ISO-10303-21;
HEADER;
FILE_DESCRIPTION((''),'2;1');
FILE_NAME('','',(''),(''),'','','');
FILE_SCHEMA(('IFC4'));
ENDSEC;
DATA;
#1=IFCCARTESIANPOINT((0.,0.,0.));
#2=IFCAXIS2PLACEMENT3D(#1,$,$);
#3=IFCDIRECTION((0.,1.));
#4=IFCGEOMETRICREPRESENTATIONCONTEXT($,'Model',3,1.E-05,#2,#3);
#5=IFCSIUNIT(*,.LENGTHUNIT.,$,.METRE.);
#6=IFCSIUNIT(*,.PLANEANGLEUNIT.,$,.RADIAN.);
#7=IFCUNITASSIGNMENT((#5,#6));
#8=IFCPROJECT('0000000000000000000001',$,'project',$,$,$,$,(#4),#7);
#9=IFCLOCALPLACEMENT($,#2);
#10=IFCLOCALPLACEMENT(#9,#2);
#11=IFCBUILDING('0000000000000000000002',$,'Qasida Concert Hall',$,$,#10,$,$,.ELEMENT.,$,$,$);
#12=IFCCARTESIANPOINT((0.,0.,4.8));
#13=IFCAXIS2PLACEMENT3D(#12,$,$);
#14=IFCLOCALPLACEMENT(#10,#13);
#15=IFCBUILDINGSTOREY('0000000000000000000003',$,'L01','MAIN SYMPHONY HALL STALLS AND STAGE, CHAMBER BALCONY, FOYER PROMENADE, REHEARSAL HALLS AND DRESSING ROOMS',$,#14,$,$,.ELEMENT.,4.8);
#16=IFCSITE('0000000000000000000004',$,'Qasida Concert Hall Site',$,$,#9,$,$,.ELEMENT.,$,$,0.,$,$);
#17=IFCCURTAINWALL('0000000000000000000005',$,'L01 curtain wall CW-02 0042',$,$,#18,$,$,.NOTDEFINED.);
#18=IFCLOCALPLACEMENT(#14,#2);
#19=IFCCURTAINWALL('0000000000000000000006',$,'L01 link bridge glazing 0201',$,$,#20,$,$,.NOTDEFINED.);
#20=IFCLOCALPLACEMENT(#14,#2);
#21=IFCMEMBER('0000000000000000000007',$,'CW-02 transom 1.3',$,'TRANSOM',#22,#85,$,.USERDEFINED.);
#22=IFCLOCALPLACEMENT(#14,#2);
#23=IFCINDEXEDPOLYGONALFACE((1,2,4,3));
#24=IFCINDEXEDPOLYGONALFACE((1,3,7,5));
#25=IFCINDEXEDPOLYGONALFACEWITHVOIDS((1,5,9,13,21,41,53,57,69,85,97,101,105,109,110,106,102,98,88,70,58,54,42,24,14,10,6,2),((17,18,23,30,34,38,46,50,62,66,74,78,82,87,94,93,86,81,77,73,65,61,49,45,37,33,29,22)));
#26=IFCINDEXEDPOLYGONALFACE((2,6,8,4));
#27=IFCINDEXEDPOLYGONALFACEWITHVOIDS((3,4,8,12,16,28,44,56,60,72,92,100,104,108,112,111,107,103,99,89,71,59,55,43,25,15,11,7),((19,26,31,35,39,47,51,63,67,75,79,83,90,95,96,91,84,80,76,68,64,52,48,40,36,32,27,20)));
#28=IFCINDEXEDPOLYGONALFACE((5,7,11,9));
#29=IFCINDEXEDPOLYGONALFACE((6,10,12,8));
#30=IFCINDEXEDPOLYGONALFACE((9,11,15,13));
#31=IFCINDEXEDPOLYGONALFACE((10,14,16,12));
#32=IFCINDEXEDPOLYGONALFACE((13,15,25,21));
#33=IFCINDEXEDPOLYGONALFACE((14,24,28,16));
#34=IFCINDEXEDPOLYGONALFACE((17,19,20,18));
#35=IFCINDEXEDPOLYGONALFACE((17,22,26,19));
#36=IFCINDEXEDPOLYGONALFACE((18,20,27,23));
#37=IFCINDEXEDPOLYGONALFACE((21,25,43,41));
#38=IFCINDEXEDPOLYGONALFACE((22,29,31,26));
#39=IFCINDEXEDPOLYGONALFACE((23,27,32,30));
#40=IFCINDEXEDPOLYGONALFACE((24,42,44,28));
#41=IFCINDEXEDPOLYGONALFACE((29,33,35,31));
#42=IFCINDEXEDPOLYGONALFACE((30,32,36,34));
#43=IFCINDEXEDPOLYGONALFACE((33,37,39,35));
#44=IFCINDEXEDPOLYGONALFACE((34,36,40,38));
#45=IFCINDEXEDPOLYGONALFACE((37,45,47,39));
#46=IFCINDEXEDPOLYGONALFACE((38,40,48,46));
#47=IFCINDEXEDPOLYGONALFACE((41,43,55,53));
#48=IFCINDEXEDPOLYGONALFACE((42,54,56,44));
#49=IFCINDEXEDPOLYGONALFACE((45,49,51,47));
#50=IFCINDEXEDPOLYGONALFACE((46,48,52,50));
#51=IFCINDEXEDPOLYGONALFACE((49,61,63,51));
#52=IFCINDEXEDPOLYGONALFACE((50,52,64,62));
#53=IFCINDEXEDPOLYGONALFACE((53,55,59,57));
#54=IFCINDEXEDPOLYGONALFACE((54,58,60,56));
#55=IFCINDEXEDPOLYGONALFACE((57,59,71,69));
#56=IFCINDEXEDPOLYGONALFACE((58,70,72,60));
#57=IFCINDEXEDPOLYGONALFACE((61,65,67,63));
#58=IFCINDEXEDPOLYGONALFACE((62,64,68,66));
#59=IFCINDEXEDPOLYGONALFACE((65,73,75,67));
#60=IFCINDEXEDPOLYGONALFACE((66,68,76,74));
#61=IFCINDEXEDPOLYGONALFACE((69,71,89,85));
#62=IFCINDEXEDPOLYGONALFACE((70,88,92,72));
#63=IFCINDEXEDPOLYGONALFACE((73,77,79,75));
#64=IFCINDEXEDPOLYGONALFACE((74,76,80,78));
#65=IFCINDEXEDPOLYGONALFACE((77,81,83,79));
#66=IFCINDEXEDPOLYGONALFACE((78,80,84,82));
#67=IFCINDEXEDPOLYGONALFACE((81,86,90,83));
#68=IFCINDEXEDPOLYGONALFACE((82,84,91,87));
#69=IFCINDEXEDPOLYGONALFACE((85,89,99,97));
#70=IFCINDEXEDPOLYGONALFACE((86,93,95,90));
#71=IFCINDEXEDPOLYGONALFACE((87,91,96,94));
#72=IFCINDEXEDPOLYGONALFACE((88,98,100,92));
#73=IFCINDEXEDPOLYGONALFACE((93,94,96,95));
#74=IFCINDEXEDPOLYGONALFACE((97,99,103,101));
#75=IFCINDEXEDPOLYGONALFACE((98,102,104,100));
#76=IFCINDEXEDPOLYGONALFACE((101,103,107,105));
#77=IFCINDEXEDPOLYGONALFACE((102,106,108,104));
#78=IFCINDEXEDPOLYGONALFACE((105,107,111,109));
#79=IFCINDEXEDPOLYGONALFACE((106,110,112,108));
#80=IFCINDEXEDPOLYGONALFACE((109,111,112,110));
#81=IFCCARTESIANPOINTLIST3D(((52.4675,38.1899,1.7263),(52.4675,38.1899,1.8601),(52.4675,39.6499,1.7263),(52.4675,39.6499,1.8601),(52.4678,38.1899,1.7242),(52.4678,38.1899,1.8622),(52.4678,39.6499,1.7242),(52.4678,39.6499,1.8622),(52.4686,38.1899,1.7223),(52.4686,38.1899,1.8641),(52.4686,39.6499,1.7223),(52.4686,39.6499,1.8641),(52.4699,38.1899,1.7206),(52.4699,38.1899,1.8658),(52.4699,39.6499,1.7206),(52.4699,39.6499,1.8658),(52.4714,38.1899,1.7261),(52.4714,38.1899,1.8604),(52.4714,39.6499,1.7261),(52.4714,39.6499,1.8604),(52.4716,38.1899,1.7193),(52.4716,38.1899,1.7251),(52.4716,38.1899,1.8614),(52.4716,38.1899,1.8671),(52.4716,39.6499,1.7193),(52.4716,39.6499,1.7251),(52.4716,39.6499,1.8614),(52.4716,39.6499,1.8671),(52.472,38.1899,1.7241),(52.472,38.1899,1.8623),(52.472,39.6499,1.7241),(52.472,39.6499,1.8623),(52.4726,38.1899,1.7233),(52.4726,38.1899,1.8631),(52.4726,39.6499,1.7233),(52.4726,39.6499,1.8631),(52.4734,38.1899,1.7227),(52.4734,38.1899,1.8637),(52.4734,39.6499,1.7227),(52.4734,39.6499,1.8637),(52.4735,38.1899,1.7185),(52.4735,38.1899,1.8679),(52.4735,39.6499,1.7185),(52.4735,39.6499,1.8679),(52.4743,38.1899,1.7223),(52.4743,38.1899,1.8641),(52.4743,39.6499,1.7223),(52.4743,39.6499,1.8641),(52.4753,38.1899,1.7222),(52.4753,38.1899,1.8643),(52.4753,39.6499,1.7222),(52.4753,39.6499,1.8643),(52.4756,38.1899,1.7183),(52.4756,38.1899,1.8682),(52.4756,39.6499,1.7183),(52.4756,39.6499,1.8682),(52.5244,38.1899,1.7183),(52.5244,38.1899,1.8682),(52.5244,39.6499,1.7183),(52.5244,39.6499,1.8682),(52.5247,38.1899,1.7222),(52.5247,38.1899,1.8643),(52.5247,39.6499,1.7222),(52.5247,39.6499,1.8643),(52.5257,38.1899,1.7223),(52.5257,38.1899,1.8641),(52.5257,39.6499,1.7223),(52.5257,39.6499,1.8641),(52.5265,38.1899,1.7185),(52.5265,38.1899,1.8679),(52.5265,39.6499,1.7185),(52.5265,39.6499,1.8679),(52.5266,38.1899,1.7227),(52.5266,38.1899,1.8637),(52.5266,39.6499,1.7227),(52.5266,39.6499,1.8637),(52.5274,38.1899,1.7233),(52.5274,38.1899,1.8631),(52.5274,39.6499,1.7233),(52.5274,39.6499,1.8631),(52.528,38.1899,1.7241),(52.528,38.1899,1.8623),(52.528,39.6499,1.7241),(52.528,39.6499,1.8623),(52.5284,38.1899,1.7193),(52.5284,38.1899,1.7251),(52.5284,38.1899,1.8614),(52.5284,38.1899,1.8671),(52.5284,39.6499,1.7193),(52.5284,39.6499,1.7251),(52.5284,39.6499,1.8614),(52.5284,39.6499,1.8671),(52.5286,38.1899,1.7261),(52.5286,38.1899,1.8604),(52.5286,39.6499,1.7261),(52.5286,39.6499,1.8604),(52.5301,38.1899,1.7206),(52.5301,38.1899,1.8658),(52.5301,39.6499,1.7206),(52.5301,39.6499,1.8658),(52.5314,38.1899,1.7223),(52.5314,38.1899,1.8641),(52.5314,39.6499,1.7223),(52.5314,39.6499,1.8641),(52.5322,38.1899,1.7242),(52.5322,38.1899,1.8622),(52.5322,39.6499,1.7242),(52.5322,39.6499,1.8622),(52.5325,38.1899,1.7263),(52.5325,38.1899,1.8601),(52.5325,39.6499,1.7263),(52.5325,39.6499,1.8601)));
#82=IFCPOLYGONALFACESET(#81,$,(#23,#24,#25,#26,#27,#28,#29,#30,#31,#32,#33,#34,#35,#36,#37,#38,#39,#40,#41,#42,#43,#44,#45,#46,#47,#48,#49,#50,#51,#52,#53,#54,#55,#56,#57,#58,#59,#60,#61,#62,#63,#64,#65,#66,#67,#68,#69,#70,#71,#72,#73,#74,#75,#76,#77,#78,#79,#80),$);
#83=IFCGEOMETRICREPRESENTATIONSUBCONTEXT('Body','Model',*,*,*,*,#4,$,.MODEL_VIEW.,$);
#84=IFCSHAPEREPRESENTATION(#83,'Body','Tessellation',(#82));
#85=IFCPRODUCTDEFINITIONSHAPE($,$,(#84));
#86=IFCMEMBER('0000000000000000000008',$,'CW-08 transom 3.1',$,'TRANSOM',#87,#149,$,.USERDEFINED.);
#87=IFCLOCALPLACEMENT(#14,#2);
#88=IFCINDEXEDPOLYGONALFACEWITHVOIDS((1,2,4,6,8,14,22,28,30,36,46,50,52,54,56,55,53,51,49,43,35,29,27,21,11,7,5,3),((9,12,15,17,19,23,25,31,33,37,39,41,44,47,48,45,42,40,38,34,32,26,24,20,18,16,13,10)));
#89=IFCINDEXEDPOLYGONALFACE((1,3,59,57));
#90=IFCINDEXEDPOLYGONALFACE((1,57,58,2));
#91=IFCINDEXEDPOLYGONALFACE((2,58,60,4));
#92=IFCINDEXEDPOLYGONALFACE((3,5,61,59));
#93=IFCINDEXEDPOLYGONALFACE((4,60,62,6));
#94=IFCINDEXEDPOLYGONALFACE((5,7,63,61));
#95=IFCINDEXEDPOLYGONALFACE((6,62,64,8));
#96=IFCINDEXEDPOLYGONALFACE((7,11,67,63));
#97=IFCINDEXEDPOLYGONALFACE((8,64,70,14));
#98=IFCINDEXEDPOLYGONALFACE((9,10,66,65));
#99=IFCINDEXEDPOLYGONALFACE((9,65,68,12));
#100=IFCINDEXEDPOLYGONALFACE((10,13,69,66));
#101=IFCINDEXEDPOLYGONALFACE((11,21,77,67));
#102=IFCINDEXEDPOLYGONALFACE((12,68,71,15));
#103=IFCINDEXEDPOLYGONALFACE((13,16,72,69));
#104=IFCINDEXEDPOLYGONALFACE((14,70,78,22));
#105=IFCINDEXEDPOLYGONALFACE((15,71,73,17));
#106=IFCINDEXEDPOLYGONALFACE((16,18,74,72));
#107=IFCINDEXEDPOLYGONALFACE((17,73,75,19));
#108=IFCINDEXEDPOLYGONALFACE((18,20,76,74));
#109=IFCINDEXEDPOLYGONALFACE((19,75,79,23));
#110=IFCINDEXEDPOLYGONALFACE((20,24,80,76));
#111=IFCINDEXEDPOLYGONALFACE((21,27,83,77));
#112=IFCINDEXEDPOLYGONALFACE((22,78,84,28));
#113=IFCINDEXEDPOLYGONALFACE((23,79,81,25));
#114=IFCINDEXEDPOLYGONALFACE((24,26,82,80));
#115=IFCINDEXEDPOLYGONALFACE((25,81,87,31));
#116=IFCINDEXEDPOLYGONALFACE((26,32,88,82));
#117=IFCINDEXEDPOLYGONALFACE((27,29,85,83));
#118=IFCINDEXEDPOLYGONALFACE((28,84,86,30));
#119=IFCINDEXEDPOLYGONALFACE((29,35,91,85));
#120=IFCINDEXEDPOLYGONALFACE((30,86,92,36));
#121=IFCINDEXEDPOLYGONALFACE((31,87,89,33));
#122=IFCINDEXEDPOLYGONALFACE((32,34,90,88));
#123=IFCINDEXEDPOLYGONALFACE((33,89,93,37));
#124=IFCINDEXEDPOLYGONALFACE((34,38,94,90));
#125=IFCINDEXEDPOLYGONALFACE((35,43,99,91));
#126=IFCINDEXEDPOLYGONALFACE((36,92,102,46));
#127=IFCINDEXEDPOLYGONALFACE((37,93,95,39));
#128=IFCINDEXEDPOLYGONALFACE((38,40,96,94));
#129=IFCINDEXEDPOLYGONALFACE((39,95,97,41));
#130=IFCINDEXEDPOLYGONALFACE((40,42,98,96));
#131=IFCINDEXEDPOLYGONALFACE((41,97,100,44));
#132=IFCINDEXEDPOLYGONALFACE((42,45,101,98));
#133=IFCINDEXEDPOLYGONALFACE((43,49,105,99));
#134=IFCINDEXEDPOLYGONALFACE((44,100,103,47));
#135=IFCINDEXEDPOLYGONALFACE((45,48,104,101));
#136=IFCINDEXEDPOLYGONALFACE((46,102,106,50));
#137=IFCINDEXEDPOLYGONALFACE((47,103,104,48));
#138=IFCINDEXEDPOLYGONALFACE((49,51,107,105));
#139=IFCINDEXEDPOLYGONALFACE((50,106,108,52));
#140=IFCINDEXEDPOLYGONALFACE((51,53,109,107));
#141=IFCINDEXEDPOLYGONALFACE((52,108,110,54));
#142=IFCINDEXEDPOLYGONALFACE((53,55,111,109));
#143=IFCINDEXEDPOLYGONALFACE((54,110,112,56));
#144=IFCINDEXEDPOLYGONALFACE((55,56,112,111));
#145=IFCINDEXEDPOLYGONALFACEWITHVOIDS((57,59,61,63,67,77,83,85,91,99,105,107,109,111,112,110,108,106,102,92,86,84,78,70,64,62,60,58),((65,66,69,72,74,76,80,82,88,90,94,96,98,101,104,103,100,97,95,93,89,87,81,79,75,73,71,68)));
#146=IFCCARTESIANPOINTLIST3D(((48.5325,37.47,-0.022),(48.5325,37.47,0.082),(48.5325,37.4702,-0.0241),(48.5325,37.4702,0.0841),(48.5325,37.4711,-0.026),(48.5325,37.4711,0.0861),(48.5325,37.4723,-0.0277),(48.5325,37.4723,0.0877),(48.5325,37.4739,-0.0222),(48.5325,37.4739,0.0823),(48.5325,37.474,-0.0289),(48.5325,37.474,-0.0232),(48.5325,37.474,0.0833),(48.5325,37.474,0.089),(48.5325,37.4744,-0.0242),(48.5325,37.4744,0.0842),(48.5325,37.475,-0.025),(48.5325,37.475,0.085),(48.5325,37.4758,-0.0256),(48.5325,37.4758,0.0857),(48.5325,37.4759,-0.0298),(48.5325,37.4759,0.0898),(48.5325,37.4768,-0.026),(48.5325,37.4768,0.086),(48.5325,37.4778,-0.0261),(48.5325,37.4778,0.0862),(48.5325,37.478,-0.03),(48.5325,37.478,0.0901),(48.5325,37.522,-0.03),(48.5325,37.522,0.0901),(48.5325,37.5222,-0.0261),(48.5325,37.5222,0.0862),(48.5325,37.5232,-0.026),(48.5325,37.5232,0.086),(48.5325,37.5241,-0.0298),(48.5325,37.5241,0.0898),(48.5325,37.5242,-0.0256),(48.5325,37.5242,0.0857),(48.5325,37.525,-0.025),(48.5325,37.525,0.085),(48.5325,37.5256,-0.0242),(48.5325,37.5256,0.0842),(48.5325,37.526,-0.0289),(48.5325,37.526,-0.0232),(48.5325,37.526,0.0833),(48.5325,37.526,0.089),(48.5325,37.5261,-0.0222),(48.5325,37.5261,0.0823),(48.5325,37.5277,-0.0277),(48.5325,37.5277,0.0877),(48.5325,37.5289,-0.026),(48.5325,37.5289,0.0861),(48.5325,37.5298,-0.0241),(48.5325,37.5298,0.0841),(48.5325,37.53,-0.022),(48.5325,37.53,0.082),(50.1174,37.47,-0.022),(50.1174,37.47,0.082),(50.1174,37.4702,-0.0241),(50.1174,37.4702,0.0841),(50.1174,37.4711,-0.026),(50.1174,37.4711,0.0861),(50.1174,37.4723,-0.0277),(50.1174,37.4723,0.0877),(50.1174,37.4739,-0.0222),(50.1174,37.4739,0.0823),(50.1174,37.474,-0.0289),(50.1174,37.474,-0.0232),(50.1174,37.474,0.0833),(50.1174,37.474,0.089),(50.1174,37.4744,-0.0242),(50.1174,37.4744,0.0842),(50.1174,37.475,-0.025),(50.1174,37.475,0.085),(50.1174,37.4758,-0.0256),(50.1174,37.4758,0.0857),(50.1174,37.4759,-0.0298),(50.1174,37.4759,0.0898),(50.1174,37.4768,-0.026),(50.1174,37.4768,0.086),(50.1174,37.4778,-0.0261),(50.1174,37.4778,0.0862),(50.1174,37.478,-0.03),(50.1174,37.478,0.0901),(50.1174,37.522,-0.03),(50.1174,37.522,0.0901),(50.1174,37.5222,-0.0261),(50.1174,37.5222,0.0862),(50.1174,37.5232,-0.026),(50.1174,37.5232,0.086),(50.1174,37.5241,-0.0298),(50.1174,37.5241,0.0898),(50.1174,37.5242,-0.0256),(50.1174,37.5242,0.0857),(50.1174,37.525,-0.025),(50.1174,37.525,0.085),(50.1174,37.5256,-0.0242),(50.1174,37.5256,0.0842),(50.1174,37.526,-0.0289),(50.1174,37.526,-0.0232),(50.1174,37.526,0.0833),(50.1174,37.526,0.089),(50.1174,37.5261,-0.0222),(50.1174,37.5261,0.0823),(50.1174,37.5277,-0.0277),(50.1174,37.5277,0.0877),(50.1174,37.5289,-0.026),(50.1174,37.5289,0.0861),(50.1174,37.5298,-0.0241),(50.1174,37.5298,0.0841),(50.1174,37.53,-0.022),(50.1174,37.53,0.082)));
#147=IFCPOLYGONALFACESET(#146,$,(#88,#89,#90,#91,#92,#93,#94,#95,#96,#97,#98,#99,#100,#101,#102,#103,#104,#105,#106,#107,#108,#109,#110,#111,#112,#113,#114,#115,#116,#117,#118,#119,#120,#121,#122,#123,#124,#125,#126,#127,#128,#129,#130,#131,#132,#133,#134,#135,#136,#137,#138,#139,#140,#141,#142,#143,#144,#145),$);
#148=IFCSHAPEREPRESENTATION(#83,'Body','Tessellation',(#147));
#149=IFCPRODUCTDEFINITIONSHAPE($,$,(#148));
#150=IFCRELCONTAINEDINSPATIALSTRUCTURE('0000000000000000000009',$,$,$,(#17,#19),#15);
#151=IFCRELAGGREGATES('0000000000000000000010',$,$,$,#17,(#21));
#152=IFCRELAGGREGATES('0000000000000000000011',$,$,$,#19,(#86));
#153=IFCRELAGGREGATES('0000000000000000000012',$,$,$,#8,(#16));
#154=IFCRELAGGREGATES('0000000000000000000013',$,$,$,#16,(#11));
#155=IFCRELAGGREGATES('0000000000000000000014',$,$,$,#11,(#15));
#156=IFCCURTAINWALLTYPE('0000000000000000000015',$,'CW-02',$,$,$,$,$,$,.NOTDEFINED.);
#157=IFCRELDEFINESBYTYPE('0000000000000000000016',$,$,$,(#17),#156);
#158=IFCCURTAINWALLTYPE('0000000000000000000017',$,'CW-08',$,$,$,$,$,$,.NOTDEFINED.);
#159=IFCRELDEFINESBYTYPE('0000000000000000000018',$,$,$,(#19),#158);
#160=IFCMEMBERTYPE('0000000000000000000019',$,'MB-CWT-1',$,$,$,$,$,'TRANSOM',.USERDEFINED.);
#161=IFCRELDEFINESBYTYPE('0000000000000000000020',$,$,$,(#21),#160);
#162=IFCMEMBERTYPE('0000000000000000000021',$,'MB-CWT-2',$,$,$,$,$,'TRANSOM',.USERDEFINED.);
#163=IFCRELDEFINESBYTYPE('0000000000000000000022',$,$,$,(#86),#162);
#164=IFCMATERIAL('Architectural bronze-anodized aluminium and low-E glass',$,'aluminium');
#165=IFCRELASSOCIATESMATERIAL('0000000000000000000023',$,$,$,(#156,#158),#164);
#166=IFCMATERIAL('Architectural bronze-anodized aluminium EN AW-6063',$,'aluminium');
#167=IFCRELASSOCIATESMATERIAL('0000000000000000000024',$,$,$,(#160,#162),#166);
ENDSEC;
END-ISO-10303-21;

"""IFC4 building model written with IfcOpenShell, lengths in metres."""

from ifc_helpers import new_model, si_unit, direction, frame, origin, origin_2d, place, context, subcontext, project, spatial, hollow_rectangle, extrude, material, material_profile, profile_set, type_object, element, aggregate, save


model = new_model("IFC4")

# Units and contexts
model_context = context("Model", 3, precision=1e-05, world=origin(), true_north=direction((0.0, 1.0)))
body_context = subcontext(model_context, "Body", "Model", "MODEL_VIEW")
ifc_project = project(units=[si_unit("LENGTHUNIT", "METRE"), si_unit("PLANEANGLEUNIT", "RADIAN")], contexts=[model_context])

# Site, building, storey
site_placement = place(None, origin())
site = spatial("IfcSite", under=ifc_project, at=site_placement, Name="Qasida Concert Hall Site", CompositionType="ELEMENT", RefElevation=0.0)
building_placement = place(site_placement, origin())
building = spatial("IfcBuilding", under=site, at=building_placement, Name="Qasida Concert Hall", CompositionType="ELEMENT")
storey_placement = place(building_placement, frame((0.0, 0.0, 4.8)))
storey = spatial("IfcBuildingStorey", under=building, at=storey_placement, Name="L01", Description="MAIN SYMPHONY HALL STALLS AND STAGE, CHAMBER BALCONY, FOYER PROMENADE, REHEARSAL HALLS AND DRESSING ROOMS", CompositionType="ELEMENT", Elevation=4.8)

# Curtain wall
ifc_material_1 = material(Name="Architectural bronze-anodized aluminium and low-E glass", Category="aluminium")
curtain_wall_type_1 = type_object("IfcCurtainWallType", Name="CW-02", PredefinedType="NOTDEFINED", material=ifc_material_1)
curtain_wall_1_placement = place(storey_placement, origin())
curtain_wall_1 = element("IfcCurtainWall", 1, at=curtain_wall_1_placement, inside=storey, type_object=curtain_wall_type_1, Name="L01 curtain wall CW-02 0042", PredefinedType="NOTDEFINED")
ifc_material_2 = material(Name="Architectural bronze-anodized aluminium EN AW-6063", Category="aluminium")

# Curtain wall
curtain_wall_type_2 = type_object("IfcCurtainWallType", Name="CW-08", PredefinedType="NOTDEFINED", material=ifc_material_1)
curtain_wall_2_placement = place(storey_placement, origin())
curtain_wall_2 = element("IfcCurtainWall", 2, at=curtain_wall_2_placement, inside=storey, type_object=curtain_wall_type_2, Name="L01 link bridge glazing 0201", PredefinedType="NOTDEFINED")

# Members
ifc_material_profile_1 = material_profile(ifc_material_2, hollow_rectangle(XDim=0.0649, YDim=0.1499, WallThickness=0.0039, InnerFilletRadius=0.0039, OuterFilletRadius=0.0081, at=origin_2d()), Name="CWT 150x65x4")
ifc_profile_set_1 = profile_set([ifc_material_profile_1], Name="Architectural bronze-anodized aluminium EN AW-6063")
member_type_1 = type_object("IfcMemberType", Name="MB-CWT-1", ElementType="TRANSOM", PredefinedType="USERDEFINED", material=ifc_profile_set_1)
member_1_placement = place(storey_placement, frame((52.5, 38.1899, 1.7932), z_axis=(0.0, 1.0, 0.0), x_axis=(-1.0, 0.0, 0.0)))
member_1 = element("IfcMember", 3, at=member_1_placement, type_object=member_type_1, Name="CW-02 transom 1.3", ObjectType="TRANSOM", PredefinedType="USERDEFINED", context=body_context, shape_type="SweptSolid", body=[
    extrude(hollow_rectangle(XDim=0.0649, YDim=0.1499, WallThickness=0.0039, InnerFilletRadius=0.0039, OuterFilletRadius=0.0081, at=origin_2d()), origin(), (0.0, 0.0, 1.0), 1.46),
])
aggregate(curtain_wall_1, [member_1])
ifc_material_profile_2 = material_profile(ifc_material_2, hollow_rectangle(XDim=0.0601, YDim=0.1201, WallThickness=0.0039, InnerFilletRadius=0.0039, OuterFilletRadius=0.0081, at=origin_2d()), Name="CWT 120x60x4")
ifc_profile_set_2 = profile_set([ifc_material_profile_2], Name="Architectural bronze-anodized aluminium EN AW-6063")
member_type_2 = type_object("IfcMemberType", Name="MB-CWT-2", ElementType="TRANSOM", PredefinedType="USERDEFINED", material=ifc_profile_set_2)
member_2_placement = place(storey_placement, frame((48.5325, 37.5, 0.03), z_axis=(1.0, 0.0, 0.0), x_axis=(0.0, 1.0, 0.0)))
member_2 = element("IfcMember", 4, at=member_2_placement, type_object=member_type_2, Name="CW-08 transom 3.1", ObjectType="TRANSOM", PredefinedType="USERDEFINED", context=body_context, shape_type="SweptSolid", body=[
    extrude(hollow_rectangle(XDim=0.0601, YDim=0.1201, WallThickness=0.0039, InnerFilletRadius=0.0039, OuterFilletRadius=0.0081, at=origin_2d()), origin(), (0.0, 0.0, 1.0), 1.585),
])

aggregate(curtain_wall_2, [member_2])

save(model, "model.ifc")
